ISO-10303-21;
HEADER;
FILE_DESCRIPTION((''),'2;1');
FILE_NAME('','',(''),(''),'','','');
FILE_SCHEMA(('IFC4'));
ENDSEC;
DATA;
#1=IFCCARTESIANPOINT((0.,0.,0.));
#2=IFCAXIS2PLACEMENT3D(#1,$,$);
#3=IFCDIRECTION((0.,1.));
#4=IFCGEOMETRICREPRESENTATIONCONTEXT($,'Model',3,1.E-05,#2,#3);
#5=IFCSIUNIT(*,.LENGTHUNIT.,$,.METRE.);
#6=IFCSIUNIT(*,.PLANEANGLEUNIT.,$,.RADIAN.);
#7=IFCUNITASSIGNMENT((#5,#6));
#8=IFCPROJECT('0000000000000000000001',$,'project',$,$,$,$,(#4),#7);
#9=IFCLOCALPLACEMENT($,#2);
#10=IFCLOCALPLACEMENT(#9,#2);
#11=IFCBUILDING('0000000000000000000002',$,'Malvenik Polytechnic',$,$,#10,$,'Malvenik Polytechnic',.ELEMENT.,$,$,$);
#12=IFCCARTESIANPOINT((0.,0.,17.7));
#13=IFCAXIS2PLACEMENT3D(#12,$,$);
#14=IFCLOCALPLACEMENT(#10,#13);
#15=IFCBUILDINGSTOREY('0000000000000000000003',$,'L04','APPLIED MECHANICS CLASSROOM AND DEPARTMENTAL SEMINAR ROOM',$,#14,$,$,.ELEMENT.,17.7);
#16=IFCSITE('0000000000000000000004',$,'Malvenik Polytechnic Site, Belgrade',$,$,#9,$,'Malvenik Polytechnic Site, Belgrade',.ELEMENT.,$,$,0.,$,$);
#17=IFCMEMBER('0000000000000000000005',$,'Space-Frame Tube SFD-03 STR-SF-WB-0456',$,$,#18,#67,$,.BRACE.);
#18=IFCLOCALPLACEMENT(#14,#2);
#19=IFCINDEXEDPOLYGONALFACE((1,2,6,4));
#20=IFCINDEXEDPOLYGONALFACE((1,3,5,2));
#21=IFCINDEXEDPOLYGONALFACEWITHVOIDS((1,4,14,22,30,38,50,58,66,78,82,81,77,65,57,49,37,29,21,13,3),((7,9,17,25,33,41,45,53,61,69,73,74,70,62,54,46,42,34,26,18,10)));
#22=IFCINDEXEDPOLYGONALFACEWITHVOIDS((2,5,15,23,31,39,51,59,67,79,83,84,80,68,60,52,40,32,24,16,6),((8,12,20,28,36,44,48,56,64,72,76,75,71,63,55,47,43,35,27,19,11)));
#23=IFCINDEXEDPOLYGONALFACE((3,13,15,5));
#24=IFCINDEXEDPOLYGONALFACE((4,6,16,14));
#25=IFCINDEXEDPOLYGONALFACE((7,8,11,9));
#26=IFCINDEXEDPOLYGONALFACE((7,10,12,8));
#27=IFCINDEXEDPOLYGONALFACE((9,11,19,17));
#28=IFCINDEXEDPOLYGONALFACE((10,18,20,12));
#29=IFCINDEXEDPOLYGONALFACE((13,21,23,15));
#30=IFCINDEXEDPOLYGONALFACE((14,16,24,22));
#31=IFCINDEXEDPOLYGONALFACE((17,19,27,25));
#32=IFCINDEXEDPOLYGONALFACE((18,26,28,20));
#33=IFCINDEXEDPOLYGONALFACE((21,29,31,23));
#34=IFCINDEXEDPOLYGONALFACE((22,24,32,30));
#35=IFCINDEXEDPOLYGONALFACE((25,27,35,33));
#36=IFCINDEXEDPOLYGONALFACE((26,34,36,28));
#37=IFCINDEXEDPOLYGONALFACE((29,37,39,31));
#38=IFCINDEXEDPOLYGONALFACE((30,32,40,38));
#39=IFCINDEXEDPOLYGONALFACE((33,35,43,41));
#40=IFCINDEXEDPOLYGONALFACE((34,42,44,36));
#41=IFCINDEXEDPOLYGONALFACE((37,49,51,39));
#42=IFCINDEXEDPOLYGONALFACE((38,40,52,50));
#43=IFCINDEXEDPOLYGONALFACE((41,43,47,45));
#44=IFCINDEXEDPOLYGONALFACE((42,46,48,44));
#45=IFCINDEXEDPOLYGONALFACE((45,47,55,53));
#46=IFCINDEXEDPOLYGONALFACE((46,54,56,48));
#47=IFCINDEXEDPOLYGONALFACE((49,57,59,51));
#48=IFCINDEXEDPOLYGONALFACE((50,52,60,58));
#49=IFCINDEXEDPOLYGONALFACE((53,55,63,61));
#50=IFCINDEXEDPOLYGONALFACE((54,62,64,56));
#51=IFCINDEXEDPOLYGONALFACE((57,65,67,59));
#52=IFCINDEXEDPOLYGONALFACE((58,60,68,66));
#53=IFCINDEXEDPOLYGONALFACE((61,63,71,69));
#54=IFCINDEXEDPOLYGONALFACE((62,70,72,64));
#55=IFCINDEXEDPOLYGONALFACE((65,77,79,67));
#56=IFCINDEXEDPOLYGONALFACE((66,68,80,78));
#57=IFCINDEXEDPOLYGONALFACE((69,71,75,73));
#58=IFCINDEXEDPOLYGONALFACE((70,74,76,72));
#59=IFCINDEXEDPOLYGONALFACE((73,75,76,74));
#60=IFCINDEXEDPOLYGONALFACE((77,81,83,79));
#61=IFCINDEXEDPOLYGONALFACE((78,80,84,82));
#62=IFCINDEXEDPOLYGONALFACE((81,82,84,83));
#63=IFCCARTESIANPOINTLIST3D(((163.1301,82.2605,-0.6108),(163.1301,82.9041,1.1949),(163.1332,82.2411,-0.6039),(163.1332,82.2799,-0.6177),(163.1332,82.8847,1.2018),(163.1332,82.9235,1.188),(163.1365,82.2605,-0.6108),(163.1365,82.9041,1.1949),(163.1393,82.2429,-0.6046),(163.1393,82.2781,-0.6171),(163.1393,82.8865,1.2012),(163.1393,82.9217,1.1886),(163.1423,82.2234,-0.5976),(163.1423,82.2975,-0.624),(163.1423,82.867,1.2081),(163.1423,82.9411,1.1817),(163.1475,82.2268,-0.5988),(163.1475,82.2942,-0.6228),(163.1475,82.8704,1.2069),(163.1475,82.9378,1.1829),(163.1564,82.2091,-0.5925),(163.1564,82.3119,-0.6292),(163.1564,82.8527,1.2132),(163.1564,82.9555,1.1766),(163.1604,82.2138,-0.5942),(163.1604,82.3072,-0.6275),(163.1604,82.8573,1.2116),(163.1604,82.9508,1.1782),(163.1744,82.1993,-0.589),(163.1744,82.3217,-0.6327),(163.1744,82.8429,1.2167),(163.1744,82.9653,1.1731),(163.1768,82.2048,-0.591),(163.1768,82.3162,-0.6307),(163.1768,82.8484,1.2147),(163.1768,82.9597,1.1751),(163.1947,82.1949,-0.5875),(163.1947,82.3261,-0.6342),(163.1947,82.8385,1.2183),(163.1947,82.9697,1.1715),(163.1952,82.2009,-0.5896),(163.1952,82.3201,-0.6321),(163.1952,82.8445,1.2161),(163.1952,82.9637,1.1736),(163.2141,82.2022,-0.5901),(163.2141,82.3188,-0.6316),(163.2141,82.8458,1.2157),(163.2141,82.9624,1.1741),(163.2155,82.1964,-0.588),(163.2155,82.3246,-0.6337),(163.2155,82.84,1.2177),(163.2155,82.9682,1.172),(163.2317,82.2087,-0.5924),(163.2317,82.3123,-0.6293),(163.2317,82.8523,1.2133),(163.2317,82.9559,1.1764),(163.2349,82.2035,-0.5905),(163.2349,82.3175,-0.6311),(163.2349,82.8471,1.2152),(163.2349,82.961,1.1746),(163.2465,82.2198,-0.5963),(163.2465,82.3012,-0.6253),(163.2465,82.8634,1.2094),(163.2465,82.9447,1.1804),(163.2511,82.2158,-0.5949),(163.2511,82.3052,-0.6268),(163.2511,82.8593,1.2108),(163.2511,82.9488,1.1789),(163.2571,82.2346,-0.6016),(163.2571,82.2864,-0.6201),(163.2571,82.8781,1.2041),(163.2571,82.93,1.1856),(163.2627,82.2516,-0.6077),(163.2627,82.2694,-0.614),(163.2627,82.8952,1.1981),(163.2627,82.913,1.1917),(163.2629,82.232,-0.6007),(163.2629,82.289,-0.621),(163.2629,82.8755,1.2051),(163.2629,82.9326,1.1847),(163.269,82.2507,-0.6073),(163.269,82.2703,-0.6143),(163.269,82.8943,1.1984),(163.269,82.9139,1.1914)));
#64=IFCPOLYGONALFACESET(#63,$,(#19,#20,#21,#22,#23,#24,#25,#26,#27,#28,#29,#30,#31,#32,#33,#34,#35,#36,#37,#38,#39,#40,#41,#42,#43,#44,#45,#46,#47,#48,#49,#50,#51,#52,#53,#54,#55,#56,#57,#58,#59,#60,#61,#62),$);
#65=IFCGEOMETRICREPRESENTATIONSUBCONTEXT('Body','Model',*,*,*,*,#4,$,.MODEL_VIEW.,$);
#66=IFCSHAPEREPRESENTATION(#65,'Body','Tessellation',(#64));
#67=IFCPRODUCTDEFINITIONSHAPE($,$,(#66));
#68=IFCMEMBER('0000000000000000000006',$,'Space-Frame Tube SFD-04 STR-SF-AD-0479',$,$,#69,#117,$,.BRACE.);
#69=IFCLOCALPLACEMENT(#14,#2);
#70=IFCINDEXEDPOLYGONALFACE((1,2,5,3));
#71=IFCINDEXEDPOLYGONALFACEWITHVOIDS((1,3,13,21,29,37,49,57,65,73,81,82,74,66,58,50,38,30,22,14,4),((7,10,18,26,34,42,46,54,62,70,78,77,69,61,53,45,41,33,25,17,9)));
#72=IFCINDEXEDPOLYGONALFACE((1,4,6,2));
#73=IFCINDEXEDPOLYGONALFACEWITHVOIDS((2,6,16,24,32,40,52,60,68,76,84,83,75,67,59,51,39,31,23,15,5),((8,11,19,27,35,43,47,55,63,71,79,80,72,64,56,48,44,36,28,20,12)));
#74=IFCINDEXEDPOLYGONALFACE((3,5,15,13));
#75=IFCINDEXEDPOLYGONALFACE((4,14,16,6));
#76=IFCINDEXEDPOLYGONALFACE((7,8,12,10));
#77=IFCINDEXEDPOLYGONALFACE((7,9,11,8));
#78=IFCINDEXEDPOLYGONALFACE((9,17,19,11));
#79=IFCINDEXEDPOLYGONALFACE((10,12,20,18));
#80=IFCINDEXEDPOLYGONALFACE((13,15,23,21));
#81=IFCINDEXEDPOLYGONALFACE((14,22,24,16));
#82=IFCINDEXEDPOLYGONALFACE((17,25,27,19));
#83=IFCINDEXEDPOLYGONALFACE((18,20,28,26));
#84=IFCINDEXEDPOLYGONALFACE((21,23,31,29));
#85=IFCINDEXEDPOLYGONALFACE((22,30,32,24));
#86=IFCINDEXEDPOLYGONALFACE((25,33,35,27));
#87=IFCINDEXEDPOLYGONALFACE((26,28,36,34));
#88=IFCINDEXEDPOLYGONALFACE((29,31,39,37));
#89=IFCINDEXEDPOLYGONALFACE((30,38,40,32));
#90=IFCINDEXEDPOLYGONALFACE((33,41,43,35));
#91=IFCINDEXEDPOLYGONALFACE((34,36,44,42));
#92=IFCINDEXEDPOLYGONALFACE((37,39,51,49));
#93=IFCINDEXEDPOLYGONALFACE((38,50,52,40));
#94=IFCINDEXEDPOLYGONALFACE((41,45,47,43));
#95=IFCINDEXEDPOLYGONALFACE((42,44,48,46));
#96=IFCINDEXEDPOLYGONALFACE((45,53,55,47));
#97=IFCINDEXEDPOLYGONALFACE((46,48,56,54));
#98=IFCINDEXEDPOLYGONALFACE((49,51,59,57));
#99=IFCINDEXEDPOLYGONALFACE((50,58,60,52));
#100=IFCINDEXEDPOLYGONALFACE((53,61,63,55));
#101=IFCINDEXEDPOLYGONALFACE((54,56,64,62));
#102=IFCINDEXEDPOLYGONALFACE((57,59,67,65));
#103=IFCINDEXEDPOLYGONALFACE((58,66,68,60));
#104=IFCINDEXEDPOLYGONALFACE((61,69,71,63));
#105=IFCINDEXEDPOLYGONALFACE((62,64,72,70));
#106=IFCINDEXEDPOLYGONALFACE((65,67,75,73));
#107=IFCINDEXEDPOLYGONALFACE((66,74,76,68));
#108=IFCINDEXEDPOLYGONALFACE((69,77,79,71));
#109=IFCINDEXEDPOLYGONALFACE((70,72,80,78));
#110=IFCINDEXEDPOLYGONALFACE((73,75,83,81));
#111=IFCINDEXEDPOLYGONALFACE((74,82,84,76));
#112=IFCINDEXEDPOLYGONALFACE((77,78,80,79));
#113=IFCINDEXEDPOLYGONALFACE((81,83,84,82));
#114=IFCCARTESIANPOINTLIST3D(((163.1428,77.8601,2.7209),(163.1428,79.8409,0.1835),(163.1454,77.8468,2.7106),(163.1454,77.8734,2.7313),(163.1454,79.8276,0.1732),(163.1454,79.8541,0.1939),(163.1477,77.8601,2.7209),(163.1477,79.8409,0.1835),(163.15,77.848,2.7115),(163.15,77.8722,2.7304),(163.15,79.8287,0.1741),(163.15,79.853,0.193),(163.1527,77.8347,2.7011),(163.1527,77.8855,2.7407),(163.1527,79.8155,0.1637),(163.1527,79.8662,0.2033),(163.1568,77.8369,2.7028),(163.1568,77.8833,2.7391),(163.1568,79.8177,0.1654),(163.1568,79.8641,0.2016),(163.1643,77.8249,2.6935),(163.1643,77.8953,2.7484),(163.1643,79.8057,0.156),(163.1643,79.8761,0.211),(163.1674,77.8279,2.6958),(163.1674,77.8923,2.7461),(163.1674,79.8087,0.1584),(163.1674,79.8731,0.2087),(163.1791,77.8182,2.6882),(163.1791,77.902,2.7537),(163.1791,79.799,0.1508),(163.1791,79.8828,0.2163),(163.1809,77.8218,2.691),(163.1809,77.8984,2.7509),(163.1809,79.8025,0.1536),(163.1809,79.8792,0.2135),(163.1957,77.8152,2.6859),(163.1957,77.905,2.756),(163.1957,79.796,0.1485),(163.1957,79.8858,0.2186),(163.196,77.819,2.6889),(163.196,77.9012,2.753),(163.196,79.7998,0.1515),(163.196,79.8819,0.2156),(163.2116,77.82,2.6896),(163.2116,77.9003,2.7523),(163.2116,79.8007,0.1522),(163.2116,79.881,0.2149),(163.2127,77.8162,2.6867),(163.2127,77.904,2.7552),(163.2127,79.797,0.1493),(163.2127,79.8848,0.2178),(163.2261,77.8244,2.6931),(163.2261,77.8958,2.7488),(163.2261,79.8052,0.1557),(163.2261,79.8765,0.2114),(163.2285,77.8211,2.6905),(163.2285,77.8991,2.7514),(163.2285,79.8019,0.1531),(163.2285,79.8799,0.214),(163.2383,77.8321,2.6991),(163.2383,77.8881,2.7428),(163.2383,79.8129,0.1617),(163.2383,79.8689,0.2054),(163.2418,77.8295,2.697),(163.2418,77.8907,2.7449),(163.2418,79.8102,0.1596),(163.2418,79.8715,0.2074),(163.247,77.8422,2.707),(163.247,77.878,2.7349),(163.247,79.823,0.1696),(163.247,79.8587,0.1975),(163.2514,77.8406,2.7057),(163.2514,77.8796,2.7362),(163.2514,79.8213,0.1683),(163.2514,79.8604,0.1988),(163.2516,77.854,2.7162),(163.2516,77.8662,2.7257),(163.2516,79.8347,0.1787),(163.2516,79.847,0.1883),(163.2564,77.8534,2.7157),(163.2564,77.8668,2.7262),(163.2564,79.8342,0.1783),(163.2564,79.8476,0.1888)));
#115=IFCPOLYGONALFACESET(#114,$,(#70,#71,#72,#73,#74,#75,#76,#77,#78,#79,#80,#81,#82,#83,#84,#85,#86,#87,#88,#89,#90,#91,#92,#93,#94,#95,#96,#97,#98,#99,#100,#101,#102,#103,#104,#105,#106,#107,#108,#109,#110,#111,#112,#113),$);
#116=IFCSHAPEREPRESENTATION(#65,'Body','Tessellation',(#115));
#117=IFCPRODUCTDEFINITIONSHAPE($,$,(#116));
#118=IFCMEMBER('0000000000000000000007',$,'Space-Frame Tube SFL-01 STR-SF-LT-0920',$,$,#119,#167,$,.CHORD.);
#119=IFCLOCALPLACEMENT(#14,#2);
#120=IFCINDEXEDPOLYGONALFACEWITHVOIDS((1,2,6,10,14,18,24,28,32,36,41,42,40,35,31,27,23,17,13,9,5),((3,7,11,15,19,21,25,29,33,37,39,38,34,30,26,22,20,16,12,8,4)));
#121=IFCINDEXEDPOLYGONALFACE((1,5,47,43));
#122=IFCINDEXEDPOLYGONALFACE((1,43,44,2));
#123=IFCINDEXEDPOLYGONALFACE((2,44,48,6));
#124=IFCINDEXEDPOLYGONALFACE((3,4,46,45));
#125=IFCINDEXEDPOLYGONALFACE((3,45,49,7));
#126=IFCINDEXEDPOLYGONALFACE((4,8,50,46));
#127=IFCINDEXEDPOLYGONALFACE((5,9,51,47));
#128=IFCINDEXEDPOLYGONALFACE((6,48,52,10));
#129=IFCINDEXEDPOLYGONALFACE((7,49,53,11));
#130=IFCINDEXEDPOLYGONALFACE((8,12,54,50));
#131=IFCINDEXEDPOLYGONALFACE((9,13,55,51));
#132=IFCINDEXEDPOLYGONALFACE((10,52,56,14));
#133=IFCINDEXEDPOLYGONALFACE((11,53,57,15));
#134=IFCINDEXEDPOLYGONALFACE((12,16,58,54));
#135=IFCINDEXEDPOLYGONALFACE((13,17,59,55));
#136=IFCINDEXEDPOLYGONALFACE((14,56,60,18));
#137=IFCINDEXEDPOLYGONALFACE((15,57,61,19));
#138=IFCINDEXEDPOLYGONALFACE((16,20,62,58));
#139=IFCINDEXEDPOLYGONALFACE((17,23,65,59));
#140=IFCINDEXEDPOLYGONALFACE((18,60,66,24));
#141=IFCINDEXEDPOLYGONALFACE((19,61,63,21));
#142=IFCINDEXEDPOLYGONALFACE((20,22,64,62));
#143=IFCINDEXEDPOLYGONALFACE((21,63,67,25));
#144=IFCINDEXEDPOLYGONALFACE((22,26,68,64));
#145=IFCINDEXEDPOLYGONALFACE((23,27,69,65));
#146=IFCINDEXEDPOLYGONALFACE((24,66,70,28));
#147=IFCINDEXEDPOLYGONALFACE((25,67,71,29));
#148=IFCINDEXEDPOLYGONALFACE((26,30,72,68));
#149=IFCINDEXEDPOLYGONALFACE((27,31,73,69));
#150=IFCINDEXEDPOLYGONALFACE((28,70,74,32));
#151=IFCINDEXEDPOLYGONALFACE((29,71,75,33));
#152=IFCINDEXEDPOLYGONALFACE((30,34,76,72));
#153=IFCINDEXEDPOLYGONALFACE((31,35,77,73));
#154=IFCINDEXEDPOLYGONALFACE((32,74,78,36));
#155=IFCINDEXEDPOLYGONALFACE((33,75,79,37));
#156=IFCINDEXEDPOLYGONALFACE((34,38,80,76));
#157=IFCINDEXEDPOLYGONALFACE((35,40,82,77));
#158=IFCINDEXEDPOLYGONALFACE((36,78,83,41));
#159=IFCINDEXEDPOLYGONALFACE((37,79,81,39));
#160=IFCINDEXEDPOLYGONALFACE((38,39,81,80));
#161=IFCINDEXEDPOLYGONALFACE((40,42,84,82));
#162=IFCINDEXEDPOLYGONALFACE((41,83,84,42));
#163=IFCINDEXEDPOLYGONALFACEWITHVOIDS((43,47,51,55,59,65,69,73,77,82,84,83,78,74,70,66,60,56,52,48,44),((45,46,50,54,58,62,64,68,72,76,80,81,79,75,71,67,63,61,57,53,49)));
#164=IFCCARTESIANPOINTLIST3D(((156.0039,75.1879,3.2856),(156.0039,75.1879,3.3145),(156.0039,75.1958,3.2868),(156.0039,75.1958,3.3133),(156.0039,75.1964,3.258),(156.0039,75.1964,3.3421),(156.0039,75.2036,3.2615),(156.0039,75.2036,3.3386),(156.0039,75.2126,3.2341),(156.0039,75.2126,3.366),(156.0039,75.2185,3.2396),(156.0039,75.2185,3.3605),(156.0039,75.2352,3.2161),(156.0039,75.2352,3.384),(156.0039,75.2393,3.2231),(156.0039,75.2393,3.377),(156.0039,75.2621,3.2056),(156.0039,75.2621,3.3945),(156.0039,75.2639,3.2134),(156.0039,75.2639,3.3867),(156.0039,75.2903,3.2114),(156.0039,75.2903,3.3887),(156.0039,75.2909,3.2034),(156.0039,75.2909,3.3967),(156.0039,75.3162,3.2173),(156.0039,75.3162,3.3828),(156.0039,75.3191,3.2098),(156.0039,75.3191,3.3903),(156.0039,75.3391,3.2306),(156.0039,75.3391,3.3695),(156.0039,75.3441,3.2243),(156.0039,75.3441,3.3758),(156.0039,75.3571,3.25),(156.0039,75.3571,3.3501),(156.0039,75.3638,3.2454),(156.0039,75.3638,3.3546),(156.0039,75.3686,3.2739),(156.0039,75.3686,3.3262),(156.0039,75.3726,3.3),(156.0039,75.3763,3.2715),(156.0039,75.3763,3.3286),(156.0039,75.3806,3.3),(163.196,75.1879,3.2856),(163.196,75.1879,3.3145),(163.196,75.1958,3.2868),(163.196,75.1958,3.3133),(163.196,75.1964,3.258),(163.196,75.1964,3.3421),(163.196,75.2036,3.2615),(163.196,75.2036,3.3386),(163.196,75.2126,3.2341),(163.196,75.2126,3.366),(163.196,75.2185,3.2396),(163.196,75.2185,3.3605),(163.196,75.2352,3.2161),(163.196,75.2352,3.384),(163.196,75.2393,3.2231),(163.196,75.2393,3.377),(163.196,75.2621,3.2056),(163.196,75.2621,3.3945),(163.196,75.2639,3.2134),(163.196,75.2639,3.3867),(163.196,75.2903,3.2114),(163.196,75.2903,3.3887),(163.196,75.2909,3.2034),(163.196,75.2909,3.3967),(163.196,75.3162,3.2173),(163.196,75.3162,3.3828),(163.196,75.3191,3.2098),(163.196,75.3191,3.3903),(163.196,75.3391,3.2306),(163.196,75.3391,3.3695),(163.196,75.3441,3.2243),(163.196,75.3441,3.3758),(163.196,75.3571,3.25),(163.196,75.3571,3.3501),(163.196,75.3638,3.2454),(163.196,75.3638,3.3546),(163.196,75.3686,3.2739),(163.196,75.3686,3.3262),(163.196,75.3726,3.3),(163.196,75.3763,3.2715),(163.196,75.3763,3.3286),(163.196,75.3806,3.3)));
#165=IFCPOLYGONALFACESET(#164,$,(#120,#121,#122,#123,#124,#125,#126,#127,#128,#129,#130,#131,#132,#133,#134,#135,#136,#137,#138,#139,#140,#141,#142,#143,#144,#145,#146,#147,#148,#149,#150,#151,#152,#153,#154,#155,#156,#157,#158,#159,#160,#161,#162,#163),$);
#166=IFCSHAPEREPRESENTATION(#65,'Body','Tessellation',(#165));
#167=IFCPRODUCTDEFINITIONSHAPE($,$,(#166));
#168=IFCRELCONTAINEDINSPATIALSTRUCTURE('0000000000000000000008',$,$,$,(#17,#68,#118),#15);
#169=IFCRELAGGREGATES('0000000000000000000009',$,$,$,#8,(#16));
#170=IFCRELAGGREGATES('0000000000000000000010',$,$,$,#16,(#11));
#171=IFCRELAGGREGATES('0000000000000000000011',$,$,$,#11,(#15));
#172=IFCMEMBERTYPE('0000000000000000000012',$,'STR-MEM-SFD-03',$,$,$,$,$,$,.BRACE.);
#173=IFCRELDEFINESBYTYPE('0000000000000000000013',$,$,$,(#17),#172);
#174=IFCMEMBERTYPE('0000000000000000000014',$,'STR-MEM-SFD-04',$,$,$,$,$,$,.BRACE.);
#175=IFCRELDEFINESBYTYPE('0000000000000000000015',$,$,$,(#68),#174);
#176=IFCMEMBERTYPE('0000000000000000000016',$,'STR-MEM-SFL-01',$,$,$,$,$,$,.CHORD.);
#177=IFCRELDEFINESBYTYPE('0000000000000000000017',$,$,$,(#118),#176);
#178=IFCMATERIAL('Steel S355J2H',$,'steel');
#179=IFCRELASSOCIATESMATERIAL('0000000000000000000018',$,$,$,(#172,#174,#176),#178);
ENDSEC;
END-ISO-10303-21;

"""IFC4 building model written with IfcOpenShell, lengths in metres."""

from ifc_helpers import new_model, si_unit, direction, frame, origin, origin_2d, place, context, subcontext, project, spatial, hollow_circle, extrude, material, material_profile, profile_set, type_object, element, save


model = new_model("IFC4")

# Units and contexts
model_context = context("Model", 3, precision=1e-05, world=origin(), true_north=direction((0.0, 1.0)))
body_context = subcontext(model_context, "Body", "Model", "MODEL_VIEW")
ifc_project = project(units=[si_unit("LENGTHUNIT", "METRE"), si_unit("PLANEANGLEUNIT", "RADIAN")], contexts=[model_context])

# Site, building, storey
site_placement = place(None, origin())
site = spatial("IfcSite", under=ifc_project, at=site_placement, Name="Malvenik Polytechnic Site, Belgrade", LongName="Malvenik Polytechnic Site, Belgrade", CompositionType="ELEMENT", RefElevation=0.0)
building_placement = place(site_placement, origin())
building = spatial("IfcBuilding", under=site, at=building_placement, Name="Malvenik Polytechnic", LongName="Malvenik Polytechnic", CompositionType="ELEMENT")
storey_placement = place(building_placement, frame((0.0, 0.0, 17.7)))
storey = spatial("IfcBuildingStorey", under=building, at=storey_placement, Name="L04", Description="APPLIED MECHANICS CLASSROOM AND DEPARTMENTAL SEMINAR ROOM", CompositionType="ELEMENT", Elevation=17.7)

# Members
ifc_material = material(Name="Steel S355J2H", Category="steel")
ifc_material_profile_1 = material_profile(ifc_material, hollow_circle(Radius=0.0698, WallThickness=0.0063, at=origin_2d()), Name="CHS 139.7x6.3")
ifc_profile_set_1 = profile_set([ifc_material_profile_1], Name="Steel S355J2H")
member_type_1 = type_object("IfcMemberType", Name="STR-MEM-SFD-03", PredefinedType="BRACE", material=ifc_profile_set_1)
member_1_placement = place(storey_placement, frame((163.2, 82.2605, -0.6108), z_axis=(0.0, 0.335723, 0.941961), x_axis=(-1.0, 0.0, 0.0)))
element("IfcMember", 1, at=member_1_placement, inside=storey, type_object=member_type_1, Name="Space-Frame Tube SFD-03 STR-SF-WB-0456", PredefinedType="BRACE", context=body_context, shape_type="SweptSolid", body=[
    extrude(hollow_circle(Radius=0.0698, WallThickness=0.0063, at=origin_2d()), origin(), (0.0, 0.0, 1.0), 1.917),
])
ifc_material_profile_2 = material_profile(ifc_material, hollow_circle(Radius=0.0571, WallThickness=0.0049, at=origin_2d()), Name="CHS 114.3x5.0")
ifc_profile_set_2 = profile_set([ifc_material_profile_2], Name="Steel S355J2H")
member_type_2 = type_object("IfcMemberType", Name="STR-MEM-SFD-04", PredefinedType="BRACE", material=ifc_profile_set_2)
member_2_placement = place(storey_placement, frame((163.2, 77.8601, 2.7209), z_axis=(0.0, 0.615336, -0.788265), x_axis=(-1.0, 0.0, 0.0)))
element("IfcMember", 2, at=member_2_placement, inside=storey, type_object=member_type_2, Name="Space-Frame Tube SFD-04 STR-SF-AD-0479", PredefinedType="BRACE", context=body_context, shape_type="SweptSolid", body=[
    extrude(hollow_circle(Radius=0.0571, WallThickness=0.0049, at=origin_2d()), origin(), (0.0, 0.0, 1.0), 3.219),
])
ifc_material_profile_3 = material_profile(ifc_material, hollow_circle(Radius=0.0969, WallThickness=0.0081, at=origin_2d()), Name="CHS 193.7x8.0")
ifc_profile_set_3 = profile_set([ifc_material_profile_3], Name="Steel S355J2H")
member_type_3 = type_object("IfcMemberType", Name="STR-MEM-SFL-01", PredefinedType="CHORD", material=ifc_profile_set_3)
for number, where, z_axis, x_axis, name in (
    (3, (156.0039, 75.2837, 3.3), (1.0, 0.0, 0.0), (0.0, 1.0, 0.0), "Space-Frame Tube SFL-01 STR-SF-LT-0920"),
):
    element("IfcMember", number, at=place(storey_placement, frame(where, z_axis=z_axis, x_axis=x_axis)), inside=storey, type_object=member_type_3, Name=name, PredefinedType="CHORD", context=body_context, shape_type="SweptSolid", body=[
        extrude(hollow_circle(Radius=0.0969, WallThickness=0.0081, at=origin_2d()), origin(), (0.0, 0.0, 1.0), 7.1921),
    ])

save(model, "model.ifc")
